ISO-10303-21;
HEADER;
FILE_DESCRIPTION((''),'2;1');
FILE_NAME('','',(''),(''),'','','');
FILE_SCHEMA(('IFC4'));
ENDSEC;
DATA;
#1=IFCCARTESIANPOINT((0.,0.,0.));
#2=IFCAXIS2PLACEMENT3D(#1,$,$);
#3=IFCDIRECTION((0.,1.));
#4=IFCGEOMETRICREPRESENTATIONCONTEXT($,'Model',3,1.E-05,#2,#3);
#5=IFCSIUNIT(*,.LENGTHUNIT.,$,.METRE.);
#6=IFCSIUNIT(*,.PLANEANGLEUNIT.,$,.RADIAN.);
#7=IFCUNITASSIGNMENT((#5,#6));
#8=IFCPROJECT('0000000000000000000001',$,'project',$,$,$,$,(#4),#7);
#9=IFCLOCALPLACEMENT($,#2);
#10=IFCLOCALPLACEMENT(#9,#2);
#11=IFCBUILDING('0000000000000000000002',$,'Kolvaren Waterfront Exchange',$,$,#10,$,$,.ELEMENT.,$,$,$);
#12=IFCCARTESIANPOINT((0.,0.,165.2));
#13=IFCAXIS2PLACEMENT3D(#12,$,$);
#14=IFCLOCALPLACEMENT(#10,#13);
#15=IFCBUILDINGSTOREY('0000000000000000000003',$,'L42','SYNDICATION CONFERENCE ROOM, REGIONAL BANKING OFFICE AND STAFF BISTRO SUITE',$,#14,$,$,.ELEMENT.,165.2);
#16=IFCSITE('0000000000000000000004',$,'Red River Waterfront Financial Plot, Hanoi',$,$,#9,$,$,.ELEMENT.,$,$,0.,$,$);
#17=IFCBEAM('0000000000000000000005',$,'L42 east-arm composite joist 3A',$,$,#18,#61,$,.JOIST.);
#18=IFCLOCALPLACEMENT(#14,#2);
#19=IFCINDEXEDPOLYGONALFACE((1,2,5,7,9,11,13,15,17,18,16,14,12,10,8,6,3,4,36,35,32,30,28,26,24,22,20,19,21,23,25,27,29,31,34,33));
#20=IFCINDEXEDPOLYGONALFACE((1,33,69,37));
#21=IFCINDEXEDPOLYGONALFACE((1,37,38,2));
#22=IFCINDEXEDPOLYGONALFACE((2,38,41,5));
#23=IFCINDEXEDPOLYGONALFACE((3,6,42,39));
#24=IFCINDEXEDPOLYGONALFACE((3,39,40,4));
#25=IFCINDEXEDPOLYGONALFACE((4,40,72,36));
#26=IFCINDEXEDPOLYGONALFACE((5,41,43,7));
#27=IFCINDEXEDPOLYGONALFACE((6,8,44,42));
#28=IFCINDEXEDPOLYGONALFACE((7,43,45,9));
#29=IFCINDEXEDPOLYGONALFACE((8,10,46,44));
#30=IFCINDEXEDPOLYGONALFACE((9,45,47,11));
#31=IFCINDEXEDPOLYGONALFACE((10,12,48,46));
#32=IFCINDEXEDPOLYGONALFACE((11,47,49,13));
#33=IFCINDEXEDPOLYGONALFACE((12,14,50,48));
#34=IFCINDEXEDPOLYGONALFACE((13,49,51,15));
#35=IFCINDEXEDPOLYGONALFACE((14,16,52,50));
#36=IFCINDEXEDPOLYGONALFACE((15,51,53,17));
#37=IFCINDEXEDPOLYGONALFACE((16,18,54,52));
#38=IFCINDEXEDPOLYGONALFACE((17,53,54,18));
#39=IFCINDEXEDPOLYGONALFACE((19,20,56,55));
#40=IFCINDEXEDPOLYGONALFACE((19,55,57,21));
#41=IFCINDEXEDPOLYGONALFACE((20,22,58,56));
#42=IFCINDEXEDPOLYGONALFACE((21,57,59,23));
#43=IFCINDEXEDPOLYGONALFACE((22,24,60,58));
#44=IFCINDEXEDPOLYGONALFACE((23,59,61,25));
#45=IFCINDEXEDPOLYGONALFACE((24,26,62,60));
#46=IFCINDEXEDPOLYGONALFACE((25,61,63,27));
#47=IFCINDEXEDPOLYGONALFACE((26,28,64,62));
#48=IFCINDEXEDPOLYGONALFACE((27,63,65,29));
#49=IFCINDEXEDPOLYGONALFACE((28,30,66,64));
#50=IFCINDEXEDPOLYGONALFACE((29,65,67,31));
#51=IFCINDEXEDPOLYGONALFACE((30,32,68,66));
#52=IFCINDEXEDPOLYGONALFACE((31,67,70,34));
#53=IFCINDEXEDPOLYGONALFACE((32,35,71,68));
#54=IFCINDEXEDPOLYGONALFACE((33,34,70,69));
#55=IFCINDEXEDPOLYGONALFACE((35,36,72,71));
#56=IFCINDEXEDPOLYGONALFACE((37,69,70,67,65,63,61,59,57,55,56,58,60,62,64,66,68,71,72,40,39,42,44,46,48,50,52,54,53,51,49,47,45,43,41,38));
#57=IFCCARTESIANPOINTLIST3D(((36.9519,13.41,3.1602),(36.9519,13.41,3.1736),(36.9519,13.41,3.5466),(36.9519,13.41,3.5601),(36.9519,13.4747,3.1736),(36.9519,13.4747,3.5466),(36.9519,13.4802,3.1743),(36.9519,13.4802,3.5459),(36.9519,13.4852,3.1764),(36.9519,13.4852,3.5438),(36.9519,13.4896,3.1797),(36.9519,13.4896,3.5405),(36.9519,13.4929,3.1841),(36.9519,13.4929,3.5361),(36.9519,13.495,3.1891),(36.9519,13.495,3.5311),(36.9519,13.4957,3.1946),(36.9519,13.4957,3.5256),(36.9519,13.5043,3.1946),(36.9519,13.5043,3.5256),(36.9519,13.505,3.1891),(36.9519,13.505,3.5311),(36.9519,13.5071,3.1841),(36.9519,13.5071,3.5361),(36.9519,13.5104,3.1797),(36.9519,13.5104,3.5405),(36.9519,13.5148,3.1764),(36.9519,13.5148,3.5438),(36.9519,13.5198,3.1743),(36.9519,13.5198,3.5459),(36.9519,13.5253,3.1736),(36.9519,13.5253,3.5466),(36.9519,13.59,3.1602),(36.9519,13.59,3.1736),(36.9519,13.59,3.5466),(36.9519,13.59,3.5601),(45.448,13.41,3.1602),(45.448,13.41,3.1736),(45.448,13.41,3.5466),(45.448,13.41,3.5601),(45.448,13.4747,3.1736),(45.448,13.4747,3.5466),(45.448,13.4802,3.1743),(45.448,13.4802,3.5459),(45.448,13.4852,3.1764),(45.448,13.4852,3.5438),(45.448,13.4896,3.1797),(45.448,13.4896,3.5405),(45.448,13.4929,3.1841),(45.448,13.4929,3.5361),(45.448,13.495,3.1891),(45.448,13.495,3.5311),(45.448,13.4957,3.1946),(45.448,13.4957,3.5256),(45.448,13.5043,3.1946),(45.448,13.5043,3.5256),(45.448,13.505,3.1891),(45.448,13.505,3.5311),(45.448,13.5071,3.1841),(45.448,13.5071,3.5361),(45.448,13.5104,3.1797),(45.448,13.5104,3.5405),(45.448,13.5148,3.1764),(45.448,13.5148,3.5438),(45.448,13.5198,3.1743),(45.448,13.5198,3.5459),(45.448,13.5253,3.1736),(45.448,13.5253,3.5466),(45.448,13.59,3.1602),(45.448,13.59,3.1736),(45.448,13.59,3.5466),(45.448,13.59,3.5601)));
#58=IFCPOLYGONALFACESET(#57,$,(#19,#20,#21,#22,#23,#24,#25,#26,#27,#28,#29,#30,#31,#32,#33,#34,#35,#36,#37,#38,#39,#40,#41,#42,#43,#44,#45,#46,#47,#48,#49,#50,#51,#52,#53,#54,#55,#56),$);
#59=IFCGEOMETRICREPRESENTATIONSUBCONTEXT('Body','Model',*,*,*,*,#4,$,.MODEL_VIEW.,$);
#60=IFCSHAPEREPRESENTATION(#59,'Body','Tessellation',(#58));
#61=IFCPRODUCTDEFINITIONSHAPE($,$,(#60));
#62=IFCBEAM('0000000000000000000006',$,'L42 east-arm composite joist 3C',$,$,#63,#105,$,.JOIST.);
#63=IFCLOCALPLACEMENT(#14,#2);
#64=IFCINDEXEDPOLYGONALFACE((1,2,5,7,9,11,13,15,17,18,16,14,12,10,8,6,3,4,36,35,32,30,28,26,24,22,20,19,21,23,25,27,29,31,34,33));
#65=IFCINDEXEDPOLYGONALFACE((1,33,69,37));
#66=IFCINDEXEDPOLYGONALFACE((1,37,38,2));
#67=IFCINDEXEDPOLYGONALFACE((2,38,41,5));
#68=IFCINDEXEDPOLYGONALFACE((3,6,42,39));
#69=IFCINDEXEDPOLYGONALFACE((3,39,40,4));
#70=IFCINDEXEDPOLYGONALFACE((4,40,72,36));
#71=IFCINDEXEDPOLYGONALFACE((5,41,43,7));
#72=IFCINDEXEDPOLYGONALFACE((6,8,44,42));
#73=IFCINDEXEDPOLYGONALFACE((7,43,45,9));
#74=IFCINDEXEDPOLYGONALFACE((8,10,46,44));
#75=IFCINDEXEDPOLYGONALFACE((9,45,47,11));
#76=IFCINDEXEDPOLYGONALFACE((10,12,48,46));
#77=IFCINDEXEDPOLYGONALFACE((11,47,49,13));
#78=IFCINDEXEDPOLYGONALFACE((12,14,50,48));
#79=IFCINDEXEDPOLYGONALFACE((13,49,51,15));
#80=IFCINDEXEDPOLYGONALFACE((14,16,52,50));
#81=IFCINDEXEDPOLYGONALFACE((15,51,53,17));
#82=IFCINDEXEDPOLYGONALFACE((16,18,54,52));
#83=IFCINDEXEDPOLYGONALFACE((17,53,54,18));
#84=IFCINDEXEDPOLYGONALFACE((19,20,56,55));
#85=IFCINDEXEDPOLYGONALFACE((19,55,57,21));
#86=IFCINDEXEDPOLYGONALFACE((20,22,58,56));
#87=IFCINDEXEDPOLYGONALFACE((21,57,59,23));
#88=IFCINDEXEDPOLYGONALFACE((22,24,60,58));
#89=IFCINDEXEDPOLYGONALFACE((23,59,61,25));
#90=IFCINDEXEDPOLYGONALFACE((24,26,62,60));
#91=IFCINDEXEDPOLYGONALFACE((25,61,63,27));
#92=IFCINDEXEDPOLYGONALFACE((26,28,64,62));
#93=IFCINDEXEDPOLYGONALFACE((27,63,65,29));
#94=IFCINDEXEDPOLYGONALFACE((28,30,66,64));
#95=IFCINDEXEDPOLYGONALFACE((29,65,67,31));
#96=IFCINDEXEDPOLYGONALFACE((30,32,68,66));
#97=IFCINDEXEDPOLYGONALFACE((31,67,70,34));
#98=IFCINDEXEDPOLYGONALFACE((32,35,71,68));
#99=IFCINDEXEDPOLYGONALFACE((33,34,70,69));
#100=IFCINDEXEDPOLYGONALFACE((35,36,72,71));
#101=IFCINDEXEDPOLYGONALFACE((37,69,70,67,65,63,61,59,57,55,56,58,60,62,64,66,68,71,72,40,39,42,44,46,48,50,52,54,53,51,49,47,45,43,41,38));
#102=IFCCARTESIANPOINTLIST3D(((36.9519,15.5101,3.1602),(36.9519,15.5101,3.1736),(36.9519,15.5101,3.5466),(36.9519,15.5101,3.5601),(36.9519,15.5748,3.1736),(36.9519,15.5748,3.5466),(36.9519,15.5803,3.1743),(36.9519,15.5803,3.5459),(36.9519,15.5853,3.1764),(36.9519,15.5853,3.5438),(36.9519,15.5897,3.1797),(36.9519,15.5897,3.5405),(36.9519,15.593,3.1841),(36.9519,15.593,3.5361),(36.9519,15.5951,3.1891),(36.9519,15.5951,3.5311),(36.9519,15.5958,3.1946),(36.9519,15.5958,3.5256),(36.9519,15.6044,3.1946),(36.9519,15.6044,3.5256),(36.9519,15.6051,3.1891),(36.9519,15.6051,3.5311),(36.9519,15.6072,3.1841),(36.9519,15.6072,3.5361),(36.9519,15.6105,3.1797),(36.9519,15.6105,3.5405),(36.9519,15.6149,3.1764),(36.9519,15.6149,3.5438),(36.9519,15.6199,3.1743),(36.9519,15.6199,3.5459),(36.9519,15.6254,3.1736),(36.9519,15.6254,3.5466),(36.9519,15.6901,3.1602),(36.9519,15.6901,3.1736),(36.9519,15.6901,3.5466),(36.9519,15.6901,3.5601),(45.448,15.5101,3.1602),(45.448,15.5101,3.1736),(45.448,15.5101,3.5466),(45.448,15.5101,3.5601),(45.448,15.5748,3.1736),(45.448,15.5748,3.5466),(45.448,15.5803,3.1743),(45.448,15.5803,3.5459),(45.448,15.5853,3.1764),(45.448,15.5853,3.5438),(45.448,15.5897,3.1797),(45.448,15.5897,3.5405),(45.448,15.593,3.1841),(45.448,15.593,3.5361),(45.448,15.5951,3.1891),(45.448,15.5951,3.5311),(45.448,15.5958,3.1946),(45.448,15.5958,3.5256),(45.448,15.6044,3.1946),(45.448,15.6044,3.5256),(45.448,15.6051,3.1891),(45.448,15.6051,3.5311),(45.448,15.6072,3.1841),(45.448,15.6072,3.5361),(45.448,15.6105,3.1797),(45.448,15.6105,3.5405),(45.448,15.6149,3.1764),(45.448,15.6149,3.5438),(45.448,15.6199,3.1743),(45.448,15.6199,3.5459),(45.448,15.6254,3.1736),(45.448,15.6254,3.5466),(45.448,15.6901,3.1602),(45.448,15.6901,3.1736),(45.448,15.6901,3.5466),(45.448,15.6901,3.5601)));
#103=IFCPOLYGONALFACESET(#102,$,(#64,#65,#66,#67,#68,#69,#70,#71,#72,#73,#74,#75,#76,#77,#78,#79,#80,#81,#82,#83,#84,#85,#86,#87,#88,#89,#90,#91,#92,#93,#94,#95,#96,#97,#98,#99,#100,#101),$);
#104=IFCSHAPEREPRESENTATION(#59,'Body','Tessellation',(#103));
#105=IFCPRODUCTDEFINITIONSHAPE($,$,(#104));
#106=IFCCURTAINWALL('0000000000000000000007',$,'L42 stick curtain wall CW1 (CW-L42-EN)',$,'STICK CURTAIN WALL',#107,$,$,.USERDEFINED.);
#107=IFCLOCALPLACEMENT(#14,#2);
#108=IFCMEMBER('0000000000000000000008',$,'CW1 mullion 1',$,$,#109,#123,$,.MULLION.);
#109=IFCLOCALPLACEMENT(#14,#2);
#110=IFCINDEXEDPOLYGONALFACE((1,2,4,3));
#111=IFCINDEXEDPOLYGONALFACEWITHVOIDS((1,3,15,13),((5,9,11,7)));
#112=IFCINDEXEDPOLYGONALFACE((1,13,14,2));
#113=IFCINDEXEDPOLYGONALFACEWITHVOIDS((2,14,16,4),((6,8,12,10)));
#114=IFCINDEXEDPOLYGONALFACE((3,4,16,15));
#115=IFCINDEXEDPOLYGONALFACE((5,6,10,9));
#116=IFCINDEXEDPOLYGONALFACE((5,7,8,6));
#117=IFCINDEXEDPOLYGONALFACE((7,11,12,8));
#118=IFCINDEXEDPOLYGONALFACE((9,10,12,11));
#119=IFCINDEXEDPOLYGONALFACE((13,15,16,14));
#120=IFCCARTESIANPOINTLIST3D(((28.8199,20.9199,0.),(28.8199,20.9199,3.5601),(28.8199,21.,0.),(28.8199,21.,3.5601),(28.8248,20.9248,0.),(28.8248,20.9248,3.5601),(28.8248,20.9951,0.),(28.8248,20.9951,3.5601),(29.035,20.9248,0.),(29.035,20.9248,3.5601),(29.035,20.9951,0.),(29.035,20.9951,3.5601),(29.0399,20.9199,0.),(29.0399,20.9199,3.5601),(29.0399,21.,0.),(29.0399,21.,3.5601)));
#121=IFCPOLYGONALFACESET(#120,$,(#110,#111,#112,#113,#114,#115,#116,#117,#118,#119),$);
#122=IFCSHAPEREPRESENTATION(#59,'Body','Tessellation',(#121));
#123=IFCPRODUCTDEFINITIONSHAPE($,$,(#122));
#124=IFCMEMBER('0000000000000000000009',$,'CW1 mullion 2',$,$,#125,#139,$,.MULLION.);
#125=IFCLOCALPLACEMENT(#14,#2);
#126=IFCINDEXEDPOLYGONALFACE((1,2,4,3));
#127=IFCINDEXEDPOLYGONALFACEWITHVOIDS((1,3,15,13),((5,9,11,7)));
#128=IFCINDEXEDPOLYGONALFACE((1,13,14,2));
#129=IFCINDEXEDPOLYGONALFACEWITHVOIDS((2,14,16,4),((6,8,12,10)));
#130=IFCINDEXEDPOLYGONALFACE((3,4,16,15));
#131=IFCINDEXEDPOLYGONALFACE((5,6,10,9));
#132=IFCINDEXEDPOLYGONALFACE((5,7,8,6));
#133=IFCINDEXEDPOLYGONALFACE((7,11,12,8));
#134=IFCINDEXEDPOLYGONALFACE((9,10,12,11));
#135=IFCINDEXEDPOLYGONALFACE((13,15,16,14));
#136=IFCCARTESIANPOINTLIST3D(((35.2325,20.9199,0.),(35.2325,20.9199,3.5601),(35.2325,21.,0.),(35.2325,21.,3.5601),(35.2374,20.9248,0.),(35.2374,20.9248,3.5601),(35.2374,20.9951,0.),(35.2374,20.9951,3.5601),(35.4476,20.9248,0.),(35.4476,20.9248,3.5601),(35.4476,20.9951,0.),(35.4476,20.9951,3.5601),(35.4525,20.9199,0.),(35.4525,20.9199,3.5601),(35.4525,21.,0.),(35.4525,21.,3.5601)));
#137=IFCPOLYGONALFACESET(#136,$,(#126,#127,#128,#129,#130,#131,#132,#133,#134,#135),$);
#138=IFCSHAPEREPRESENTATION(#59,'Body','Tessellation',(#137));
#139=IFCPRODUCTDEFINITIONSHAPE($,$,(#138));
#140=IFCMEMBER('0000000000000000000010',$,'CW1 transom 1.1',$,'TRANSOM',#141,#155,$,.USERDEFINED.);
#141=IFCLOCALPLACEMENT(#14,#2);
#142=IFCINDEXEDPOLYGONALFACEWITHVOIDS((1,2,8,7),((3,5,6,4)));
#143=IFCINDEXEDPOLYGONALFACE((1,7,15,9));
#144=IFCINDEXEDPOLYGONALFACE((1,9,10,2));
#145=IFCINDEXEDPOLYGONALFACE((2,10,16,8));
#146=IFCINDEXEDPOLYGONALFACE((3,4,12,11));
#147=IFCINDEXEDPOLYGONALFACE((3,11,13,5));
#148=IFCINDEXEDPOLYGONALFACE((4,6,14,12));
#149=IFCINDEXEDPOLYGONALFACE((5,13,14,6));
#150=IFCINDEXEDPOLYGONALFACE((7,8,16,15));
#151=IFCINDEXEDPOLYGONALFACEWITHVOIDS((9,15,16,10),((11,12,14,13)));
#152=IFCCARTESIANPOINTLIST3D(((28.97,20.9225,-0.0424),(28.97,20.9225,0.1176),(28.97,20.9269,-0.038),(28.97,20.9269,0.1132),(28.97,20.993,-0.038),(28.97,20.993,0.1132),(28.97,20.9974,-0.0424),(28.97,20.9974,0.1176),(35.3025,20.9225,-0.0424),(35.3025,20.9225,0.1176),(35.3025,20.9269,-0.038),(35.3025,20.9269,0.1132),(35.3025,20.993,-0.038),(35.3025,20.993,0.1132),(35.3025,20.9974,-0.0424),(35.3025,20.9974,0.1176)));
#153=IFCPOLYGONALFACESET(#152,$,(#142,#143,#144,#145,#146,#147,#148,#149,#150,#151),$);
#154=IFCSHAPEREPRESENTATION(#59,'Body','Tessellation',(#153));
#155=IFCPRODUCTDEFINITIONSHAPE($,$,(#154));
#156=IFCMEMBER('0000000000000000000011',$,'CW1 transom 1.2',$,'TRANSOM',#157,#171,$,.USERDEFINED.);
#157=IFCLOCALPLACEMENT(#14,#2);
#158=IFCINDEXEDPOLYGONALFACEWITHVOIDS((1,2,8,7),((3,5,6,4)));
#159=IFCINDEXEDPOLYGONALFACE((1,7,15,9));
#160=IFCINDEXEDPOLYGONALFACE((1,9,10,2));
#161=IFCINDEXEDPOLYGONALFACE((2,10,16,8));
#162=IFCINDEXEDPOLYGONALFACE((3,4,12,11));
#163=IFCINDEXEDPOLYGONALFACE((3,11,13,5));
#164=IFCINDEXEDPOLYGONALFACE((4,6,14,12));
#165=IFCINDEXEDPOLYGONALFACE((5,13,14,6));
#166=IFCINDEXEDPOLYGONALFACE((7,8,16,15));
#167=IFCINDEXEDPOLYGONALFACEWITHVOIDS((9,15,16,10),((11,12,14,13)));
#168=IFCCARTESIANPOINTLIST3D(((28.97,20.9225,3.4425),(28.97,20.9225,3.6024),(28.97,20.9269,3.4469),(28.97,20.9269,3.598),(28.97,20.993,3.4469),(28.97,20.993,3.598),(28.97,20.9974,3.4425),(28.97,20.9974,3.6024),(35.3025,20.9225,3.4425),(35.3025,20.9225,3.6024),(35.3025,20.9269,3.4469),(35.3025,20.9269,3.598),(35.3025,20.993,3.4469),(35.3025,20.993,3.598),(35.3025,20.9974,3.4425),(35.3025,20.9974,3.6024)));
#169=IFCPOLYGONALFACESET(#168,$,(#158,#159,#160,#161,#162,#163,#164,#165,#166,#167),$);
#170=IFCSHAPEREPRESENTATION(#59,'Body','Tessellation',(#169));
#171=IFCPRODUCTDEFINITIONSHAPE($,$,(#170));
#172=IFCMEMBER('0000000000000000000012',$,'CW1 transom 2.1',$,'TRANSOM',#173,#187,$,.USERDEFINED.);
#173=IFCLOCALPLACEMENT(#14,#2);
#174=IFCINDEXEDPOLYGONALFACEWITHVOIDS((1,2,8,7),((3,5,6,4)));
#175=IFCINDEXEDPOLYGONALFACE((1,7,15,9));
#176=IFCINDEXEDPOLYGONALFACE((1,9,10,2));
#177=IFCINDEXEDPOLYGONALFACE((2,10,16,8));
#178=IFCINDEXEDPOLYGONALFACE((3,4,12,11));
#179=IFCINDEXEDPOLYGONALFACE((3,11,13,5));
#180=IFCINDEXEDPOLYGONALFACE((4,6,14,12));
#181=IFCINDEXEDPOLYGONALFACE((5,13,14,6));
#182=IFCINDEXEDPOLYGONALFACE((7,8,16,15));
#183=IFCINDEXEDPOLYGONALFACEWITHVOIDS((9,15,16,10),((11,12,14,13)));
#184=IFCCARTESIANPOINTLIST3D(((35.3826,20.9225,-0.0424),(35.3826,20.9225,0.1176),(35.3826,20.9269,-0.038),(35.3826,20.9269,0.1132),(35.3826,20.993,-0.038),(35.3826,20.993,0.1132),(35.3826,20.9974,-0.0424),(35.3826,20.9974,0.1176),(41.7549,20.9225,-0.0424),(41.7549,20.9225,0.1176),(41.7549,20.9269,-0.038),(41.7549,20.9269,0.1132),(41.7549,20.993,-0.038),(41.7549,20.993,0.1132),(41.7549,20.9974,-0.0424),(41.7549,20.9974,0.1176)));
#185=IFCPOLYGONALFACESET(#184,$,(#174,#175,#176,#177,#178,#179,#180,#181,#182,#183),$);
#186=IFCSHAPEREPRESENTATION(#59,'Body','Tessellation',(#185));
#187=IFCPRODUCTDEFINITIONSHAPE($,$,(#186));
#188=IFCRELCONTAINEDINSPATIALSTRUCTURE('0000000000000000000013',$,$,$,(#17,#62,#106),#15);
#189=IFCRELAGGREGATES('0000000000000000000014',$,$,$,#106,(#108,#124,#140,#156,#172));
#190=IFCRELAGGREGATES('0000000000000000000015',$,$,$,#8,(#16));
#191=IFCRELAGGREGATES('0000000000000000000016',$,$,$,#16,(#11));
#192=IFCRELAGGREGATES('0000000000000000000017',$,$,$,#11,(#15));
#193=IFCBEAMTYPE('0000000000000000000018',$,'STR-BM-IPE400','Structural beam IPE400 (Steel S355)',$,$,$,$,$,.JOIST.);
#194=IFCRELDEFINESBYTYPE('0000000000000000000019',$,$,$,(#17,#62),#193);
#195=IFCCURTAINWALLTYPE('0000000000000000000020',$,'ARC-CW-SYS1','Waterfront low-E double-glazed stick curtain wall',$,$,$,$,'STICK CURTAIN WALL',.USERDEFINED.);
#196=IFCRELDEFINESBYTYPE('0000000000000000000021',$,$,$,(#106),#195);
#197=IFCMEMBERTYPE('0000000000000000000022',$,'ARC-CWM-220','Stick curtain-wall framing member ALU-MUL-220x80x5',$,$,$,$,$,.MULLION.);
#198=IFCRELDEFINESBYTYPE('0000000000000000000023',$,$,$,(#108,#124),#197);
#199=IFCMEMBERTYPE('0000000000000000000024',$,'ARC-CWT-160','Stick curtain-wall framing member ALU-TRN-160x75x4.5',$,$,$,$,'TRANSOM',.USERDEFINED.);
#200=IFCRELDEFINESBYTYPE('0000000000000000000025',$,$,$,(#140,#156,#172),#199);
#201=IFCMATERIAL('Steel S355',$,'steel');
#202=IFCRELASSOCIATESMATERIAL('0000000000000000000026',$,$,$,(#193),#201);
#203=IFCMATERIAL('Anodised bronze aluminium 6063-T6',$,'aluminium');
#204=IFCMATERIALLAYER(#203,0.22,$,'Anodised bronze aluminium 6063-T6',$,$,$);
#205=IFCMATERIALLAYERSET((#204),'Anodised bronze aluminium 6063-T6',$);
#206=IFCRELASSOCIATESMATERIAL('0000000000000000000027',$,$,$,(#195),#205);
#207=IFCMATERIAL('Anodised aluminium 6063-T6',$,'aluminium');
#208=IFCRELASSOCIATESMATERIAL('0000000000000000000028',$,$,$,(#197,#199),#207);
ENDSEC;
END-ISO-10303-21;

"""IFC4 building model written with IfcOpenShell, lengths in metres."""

from ifc_helpers import new_model, si_unit, direction, frame, origin, origin_with_axes, origin_2d, place, context, subcontext, project, spatial, hollow_rectangle, i_section, extrude, source, transform, mapped, material, layer, layer_set, material_profile, profile_set, type_object, element, aggregate, save


model = new_model("IFC4")

# Units and contexts
model_context = context("Model", 3, precision=1e-05, world=origin(), true_north=direction((0.0, 1.0)))
body_context = subcontext(model_context, "Body", "Model", "MODEL_VIEW")
ifc_project = project(units=[si_unit("LENGTHUNIT", "METRE"), si_unit("PLANEANGLEUNIT", "RADIAN")], contexts=[model_context])

# Site, building, storey
site_placement = place(None, origin())
site = spatial("IfcSite", under=ifc_project, at=site_placement, Name="Red River Waterfront Financial Plot, Hanoi", CompositionType="ELEMENT", RefElevation=0.0)
building_placement = place(site_placement, origin())
building = spatial("IfcBuilding", under=site, at=building_placement, Name="Kolvaren Waterfront Exchange", CompositionType="ELEMENT")
storey_placement = place(building_placement, frame((0.0, 0.0, 165.2)))
storey = spatial("IfcBuildingStorey", under=building, at=storey_placement, Name="L42", Description="SYNDICATION CONFERENCE ROOM, REGIONAL BANKING OFFICE AND STAFF BISTRO SUITE", CompositionType="ELEMENT", Elevation=165.2)

# Beams
ifc_material_1 = material(Name="Steel S355", Category="steel")
ifc_material_profile_1 = material_profile(ifc_material_1, i_section(OverallWidth=0.1799, OverallDepth=0.3999, WebThickness=0.0085, FlangeThickness=0.0134, FilletRadius=0.021, at=origin_2d()), Name="IPE400")
ifc_profile_set_1 = profile_set([ifc_material_profile_1], Name="Steel S355")
beam_type_1 = type_object("IfcBeamType", Name="STR-BM-IPE400", Description="Structural beam IPE400 (Steel S355)", PredefinedType="JOIST", material=ifc_profile_set_1)
for number, where, z_axis, x_axis, name in (
    (1, (36.9519, 13.5, 3.3601), (1.0, 0.0, 0.0), (0.0, 1.0, 0.0), "L42 east-arm composite joist 3A"),
    (2, (36.9519, 15.6001, 3.3601), (1.0, 0.0, 0.0), (0.0, 1.0, 0.0), "L42 east-arm composite joist 3C"),
):
    element("IfcBeam", number, at=place(storey_placement, frame(where, z_axis=z_axis, x_axis=x_axis)), inside=storey, type_object=beam_type_1, Name=name, PredefinedType="JOIST", context=body_context, shape_type="SweptSolid", body=[
        extrude(i_section(OverallWidth=0.1799, OverallDepth=0.3999, WebThickness=0.0085, FlangeThickness=0.0134, FilletRadius=0.021, at=origin_2d()), origin(), (0.0, 0.0, 1.0), 8.4961),
    ])

# Curtain wall, members
ifc_material_2 = material(Name="Anodised bronze aluminium 6063-T6", Category="aluminium")
ifc_layer_1 = layer(ifc_material_2, 0.22, Name="Anodised bronze aluminium 6063-T6")
ifc_layer_set_1 = layer_set([ifc_layer_1], Name="Anodised bronze aluminium 6063-T6")
curtain_wall_type = type_object("IfcCurtainWallType", Name="ARC-CW-SYS1", Description="Waterfront low-E double-glazed stick curtain wall", ElementType="STICK CURTAIN WALL", PredefinedType="USERDEFINED", material=ifc_layer_set_1)
curtain_wall_placement = place(storey_placement, origin())
curtain_wall = element("IfcCurtainWall", 3, at=curtain_wall_placement, inside=storey, type_object=curtain_wall_type, Name="L42 stick curtain wall CW1 (CW-L42-EN)", ObjectType="STICK CURTAIN WALL", PredefinedType="USERDEFINED")
ifc_material_3 = material(Name="Anodised aluminium 6063-T6", Category="aluminium")
ifc_material_profile_2 = material_profile(ifc_material_3, hollow_rectangle(XDim=0.0801, YDim=0.22, WallThickness=0.0049, at=origin_2d()), Name="ALU-MUL-220x80x5")
ifc_profile_set_2 = profile_set([ifc_material_profile_2], Name="Anodised aluminium 6063-T6")
member_type_1 = type_object("IfcMemberType", Name="ARC-CWM-220", Description="Stick curtain-wall framing member ALU-MUL-220x80x5", PredefinedType="MULLION", material=ifc_profile_set_2)
shared_shape_1 = source(origin_with_axes(), body_context, "Body", "SweptSolid", [
    extrude(hollow_rectangle(XDim=0.0801, YDim=0.22, WallThickness=0.0049, at=origin_2d()), origin(), (0.0, 0.0, 1.0), 3.5601),
])
member_1_placement = place(storey_placement, frame((28.9299, 20.96, 0.0), z_axis=(0.0, 0.0, 1.0), x_axis=(0.0, 1.0, 0.0)))
member_1 = element("IfcMember", 4, at=member_1_placement, type_object=member_type_1, Name="CW1 mullion 1", PredefinedType="MULLION", context=body_context, shape_type="MappedRepresentation", body=[
    mapped(shared_shape_1, transform((0.0, 0.0, 0.0), x_axis=(1.0, 0.0, 0.0), y_axis=(0.0, 1.0, 0.0), z_axis=(0.0, 0.0, 1.0), scale=1.0)),
])
member_2_placement = place(storey_placement, frame((35.3425, 20.96, 0.0), z_axis=(0.0, 0.0, 1.0), x_axis=(0.0, 1.0, 0.0)))
member_2 = element("IfcMember", 5, at=member_2_placement, type_object=member_type_1, Name="CW1 mullion 2", PredefinedType="MULLION", context=body_context, shape_type="MappedRepresentation", body=[
    mapped(shared_shape_1, transform((0.0, 0.0, 0.0), x_axis=(1.0, 0.0, 0.0), y_axis=(0.0, 1.0, 0.0), z_axis=(0.0, 0.0, 1.0), scale=1.0)),
])
ifc_material_profile_3 = material_profile(ifc_material_3, hollow_rectangle(XDim=0.075, YDim=0.1599, WallThickness=0.0044, at=origin_2d()), Name="ALU-TRN-160x75x4.5")
ifc_profile_set_3 = profile_set([ifc_material_profile_3], Name="Anodised aluminium 6063-T6")
member_type_2 = type_object("IfcMemberType", Name="ARC-CWT-160", Description="Stick curtain-wall framing member ALU-TRN-160x75x4.5", ElementType="TRANSOM", PredefinedType="USERDEFINED", material=ifc_profile_set_3)
shared_shape_2 = source(origin_with_axes(), body_context, "Body", "SweptSolid", [
    extrude(hollow_rectangle(XDim=0.075, YDim=0.1599, WallThickness=0.0044, at=origin_2d()), origin(), (0.0, 0.0, 1.0), 6.3325),
])
member_3_placement = place(storey_placement, frame((28.97, 20.96, 0.0376), z_axis=(1.0, 0.0, 0.0), x_axis=(0.0, 1.0, 0.0)))
member_3 = element("IfcMember", 6, at=member_3_placement, type_object=member_type_2, Name="CW1 transom 1.1", ObjectType="TRANSOM", PredefinedType="USERDEFINED", context=body_context, shape_type="MappedRepresentation", body=[
    mapped(shared_shape_2, transform((0.0, 0.0, 0.0), x_axis=(1.0, 0.0, 0.0), y_axis=(0.0, 1.0, 0.0), z_axis=(0.0, 0.0, 1.0), scale=1.0)),
])
member_4_placement = place(storey_placement, frame((28.97, 20.96, 3.5225), z_axis=(1.0, 0.0, 0.0), x_axis=(0.0, 1.0, 0.0)))
member_4 = element("IfcMember", 7, at=member_4_placement, type_object=member_type_2, Name="CW1 transom 1.2", ObjectType="TRANSOM", PredefinedType="USERDEFINED", context=body_context, shape_type="MappedRepresentation", body=[
    mapped(shared_shape_2, transform((0.0, 0.0, 0.0), x_axis=(1.0, 0.0, 0.0), y_axis=(0.0, 1.0, 0.0), z_axis=(0.0, 0.0, 1.0), scale=1.0)),
])
shared_shape_3 = source(origin_with_axes(), body_context, "Body", "SweptSolid", [
    extrude(hollow_rectangle(XDim=0.075, YDim=0.1599, WallThickness=0.0044, at=origin_2d()), origin(), (0.0, 0.0, 1.0), 6.3723),
])
member_5_placement = place(storey_placement, frame((35.3826, 20.96, 0.0376), z_axis=(1.0, 0.0, 0.0), x_axis=(0.0, 1.0, 0.0)))
member_5 = element("IfcMember", 8, at=member_5_placement, type_object=member_type_2, Name="CW1 transom 2.1", ObjectType="TRANSOM", PredefinedType="USERDEFINED", context=body_context, shape_type="MappedRepresentation", body=[
    mapped(shared_shape_3, transform((0.0, 0.0, 0.0), x_axis=(1.0, 0.0, 0.0), y_axis=(0.0, 1.0, 0.0), z_axis=(0.0, 0.0, 1.0), scale=1.0)),
])
aggregate(curtain_wall, [member_1, member_2, member_3, member_4, member_5])

save(model, "model.ifc")
